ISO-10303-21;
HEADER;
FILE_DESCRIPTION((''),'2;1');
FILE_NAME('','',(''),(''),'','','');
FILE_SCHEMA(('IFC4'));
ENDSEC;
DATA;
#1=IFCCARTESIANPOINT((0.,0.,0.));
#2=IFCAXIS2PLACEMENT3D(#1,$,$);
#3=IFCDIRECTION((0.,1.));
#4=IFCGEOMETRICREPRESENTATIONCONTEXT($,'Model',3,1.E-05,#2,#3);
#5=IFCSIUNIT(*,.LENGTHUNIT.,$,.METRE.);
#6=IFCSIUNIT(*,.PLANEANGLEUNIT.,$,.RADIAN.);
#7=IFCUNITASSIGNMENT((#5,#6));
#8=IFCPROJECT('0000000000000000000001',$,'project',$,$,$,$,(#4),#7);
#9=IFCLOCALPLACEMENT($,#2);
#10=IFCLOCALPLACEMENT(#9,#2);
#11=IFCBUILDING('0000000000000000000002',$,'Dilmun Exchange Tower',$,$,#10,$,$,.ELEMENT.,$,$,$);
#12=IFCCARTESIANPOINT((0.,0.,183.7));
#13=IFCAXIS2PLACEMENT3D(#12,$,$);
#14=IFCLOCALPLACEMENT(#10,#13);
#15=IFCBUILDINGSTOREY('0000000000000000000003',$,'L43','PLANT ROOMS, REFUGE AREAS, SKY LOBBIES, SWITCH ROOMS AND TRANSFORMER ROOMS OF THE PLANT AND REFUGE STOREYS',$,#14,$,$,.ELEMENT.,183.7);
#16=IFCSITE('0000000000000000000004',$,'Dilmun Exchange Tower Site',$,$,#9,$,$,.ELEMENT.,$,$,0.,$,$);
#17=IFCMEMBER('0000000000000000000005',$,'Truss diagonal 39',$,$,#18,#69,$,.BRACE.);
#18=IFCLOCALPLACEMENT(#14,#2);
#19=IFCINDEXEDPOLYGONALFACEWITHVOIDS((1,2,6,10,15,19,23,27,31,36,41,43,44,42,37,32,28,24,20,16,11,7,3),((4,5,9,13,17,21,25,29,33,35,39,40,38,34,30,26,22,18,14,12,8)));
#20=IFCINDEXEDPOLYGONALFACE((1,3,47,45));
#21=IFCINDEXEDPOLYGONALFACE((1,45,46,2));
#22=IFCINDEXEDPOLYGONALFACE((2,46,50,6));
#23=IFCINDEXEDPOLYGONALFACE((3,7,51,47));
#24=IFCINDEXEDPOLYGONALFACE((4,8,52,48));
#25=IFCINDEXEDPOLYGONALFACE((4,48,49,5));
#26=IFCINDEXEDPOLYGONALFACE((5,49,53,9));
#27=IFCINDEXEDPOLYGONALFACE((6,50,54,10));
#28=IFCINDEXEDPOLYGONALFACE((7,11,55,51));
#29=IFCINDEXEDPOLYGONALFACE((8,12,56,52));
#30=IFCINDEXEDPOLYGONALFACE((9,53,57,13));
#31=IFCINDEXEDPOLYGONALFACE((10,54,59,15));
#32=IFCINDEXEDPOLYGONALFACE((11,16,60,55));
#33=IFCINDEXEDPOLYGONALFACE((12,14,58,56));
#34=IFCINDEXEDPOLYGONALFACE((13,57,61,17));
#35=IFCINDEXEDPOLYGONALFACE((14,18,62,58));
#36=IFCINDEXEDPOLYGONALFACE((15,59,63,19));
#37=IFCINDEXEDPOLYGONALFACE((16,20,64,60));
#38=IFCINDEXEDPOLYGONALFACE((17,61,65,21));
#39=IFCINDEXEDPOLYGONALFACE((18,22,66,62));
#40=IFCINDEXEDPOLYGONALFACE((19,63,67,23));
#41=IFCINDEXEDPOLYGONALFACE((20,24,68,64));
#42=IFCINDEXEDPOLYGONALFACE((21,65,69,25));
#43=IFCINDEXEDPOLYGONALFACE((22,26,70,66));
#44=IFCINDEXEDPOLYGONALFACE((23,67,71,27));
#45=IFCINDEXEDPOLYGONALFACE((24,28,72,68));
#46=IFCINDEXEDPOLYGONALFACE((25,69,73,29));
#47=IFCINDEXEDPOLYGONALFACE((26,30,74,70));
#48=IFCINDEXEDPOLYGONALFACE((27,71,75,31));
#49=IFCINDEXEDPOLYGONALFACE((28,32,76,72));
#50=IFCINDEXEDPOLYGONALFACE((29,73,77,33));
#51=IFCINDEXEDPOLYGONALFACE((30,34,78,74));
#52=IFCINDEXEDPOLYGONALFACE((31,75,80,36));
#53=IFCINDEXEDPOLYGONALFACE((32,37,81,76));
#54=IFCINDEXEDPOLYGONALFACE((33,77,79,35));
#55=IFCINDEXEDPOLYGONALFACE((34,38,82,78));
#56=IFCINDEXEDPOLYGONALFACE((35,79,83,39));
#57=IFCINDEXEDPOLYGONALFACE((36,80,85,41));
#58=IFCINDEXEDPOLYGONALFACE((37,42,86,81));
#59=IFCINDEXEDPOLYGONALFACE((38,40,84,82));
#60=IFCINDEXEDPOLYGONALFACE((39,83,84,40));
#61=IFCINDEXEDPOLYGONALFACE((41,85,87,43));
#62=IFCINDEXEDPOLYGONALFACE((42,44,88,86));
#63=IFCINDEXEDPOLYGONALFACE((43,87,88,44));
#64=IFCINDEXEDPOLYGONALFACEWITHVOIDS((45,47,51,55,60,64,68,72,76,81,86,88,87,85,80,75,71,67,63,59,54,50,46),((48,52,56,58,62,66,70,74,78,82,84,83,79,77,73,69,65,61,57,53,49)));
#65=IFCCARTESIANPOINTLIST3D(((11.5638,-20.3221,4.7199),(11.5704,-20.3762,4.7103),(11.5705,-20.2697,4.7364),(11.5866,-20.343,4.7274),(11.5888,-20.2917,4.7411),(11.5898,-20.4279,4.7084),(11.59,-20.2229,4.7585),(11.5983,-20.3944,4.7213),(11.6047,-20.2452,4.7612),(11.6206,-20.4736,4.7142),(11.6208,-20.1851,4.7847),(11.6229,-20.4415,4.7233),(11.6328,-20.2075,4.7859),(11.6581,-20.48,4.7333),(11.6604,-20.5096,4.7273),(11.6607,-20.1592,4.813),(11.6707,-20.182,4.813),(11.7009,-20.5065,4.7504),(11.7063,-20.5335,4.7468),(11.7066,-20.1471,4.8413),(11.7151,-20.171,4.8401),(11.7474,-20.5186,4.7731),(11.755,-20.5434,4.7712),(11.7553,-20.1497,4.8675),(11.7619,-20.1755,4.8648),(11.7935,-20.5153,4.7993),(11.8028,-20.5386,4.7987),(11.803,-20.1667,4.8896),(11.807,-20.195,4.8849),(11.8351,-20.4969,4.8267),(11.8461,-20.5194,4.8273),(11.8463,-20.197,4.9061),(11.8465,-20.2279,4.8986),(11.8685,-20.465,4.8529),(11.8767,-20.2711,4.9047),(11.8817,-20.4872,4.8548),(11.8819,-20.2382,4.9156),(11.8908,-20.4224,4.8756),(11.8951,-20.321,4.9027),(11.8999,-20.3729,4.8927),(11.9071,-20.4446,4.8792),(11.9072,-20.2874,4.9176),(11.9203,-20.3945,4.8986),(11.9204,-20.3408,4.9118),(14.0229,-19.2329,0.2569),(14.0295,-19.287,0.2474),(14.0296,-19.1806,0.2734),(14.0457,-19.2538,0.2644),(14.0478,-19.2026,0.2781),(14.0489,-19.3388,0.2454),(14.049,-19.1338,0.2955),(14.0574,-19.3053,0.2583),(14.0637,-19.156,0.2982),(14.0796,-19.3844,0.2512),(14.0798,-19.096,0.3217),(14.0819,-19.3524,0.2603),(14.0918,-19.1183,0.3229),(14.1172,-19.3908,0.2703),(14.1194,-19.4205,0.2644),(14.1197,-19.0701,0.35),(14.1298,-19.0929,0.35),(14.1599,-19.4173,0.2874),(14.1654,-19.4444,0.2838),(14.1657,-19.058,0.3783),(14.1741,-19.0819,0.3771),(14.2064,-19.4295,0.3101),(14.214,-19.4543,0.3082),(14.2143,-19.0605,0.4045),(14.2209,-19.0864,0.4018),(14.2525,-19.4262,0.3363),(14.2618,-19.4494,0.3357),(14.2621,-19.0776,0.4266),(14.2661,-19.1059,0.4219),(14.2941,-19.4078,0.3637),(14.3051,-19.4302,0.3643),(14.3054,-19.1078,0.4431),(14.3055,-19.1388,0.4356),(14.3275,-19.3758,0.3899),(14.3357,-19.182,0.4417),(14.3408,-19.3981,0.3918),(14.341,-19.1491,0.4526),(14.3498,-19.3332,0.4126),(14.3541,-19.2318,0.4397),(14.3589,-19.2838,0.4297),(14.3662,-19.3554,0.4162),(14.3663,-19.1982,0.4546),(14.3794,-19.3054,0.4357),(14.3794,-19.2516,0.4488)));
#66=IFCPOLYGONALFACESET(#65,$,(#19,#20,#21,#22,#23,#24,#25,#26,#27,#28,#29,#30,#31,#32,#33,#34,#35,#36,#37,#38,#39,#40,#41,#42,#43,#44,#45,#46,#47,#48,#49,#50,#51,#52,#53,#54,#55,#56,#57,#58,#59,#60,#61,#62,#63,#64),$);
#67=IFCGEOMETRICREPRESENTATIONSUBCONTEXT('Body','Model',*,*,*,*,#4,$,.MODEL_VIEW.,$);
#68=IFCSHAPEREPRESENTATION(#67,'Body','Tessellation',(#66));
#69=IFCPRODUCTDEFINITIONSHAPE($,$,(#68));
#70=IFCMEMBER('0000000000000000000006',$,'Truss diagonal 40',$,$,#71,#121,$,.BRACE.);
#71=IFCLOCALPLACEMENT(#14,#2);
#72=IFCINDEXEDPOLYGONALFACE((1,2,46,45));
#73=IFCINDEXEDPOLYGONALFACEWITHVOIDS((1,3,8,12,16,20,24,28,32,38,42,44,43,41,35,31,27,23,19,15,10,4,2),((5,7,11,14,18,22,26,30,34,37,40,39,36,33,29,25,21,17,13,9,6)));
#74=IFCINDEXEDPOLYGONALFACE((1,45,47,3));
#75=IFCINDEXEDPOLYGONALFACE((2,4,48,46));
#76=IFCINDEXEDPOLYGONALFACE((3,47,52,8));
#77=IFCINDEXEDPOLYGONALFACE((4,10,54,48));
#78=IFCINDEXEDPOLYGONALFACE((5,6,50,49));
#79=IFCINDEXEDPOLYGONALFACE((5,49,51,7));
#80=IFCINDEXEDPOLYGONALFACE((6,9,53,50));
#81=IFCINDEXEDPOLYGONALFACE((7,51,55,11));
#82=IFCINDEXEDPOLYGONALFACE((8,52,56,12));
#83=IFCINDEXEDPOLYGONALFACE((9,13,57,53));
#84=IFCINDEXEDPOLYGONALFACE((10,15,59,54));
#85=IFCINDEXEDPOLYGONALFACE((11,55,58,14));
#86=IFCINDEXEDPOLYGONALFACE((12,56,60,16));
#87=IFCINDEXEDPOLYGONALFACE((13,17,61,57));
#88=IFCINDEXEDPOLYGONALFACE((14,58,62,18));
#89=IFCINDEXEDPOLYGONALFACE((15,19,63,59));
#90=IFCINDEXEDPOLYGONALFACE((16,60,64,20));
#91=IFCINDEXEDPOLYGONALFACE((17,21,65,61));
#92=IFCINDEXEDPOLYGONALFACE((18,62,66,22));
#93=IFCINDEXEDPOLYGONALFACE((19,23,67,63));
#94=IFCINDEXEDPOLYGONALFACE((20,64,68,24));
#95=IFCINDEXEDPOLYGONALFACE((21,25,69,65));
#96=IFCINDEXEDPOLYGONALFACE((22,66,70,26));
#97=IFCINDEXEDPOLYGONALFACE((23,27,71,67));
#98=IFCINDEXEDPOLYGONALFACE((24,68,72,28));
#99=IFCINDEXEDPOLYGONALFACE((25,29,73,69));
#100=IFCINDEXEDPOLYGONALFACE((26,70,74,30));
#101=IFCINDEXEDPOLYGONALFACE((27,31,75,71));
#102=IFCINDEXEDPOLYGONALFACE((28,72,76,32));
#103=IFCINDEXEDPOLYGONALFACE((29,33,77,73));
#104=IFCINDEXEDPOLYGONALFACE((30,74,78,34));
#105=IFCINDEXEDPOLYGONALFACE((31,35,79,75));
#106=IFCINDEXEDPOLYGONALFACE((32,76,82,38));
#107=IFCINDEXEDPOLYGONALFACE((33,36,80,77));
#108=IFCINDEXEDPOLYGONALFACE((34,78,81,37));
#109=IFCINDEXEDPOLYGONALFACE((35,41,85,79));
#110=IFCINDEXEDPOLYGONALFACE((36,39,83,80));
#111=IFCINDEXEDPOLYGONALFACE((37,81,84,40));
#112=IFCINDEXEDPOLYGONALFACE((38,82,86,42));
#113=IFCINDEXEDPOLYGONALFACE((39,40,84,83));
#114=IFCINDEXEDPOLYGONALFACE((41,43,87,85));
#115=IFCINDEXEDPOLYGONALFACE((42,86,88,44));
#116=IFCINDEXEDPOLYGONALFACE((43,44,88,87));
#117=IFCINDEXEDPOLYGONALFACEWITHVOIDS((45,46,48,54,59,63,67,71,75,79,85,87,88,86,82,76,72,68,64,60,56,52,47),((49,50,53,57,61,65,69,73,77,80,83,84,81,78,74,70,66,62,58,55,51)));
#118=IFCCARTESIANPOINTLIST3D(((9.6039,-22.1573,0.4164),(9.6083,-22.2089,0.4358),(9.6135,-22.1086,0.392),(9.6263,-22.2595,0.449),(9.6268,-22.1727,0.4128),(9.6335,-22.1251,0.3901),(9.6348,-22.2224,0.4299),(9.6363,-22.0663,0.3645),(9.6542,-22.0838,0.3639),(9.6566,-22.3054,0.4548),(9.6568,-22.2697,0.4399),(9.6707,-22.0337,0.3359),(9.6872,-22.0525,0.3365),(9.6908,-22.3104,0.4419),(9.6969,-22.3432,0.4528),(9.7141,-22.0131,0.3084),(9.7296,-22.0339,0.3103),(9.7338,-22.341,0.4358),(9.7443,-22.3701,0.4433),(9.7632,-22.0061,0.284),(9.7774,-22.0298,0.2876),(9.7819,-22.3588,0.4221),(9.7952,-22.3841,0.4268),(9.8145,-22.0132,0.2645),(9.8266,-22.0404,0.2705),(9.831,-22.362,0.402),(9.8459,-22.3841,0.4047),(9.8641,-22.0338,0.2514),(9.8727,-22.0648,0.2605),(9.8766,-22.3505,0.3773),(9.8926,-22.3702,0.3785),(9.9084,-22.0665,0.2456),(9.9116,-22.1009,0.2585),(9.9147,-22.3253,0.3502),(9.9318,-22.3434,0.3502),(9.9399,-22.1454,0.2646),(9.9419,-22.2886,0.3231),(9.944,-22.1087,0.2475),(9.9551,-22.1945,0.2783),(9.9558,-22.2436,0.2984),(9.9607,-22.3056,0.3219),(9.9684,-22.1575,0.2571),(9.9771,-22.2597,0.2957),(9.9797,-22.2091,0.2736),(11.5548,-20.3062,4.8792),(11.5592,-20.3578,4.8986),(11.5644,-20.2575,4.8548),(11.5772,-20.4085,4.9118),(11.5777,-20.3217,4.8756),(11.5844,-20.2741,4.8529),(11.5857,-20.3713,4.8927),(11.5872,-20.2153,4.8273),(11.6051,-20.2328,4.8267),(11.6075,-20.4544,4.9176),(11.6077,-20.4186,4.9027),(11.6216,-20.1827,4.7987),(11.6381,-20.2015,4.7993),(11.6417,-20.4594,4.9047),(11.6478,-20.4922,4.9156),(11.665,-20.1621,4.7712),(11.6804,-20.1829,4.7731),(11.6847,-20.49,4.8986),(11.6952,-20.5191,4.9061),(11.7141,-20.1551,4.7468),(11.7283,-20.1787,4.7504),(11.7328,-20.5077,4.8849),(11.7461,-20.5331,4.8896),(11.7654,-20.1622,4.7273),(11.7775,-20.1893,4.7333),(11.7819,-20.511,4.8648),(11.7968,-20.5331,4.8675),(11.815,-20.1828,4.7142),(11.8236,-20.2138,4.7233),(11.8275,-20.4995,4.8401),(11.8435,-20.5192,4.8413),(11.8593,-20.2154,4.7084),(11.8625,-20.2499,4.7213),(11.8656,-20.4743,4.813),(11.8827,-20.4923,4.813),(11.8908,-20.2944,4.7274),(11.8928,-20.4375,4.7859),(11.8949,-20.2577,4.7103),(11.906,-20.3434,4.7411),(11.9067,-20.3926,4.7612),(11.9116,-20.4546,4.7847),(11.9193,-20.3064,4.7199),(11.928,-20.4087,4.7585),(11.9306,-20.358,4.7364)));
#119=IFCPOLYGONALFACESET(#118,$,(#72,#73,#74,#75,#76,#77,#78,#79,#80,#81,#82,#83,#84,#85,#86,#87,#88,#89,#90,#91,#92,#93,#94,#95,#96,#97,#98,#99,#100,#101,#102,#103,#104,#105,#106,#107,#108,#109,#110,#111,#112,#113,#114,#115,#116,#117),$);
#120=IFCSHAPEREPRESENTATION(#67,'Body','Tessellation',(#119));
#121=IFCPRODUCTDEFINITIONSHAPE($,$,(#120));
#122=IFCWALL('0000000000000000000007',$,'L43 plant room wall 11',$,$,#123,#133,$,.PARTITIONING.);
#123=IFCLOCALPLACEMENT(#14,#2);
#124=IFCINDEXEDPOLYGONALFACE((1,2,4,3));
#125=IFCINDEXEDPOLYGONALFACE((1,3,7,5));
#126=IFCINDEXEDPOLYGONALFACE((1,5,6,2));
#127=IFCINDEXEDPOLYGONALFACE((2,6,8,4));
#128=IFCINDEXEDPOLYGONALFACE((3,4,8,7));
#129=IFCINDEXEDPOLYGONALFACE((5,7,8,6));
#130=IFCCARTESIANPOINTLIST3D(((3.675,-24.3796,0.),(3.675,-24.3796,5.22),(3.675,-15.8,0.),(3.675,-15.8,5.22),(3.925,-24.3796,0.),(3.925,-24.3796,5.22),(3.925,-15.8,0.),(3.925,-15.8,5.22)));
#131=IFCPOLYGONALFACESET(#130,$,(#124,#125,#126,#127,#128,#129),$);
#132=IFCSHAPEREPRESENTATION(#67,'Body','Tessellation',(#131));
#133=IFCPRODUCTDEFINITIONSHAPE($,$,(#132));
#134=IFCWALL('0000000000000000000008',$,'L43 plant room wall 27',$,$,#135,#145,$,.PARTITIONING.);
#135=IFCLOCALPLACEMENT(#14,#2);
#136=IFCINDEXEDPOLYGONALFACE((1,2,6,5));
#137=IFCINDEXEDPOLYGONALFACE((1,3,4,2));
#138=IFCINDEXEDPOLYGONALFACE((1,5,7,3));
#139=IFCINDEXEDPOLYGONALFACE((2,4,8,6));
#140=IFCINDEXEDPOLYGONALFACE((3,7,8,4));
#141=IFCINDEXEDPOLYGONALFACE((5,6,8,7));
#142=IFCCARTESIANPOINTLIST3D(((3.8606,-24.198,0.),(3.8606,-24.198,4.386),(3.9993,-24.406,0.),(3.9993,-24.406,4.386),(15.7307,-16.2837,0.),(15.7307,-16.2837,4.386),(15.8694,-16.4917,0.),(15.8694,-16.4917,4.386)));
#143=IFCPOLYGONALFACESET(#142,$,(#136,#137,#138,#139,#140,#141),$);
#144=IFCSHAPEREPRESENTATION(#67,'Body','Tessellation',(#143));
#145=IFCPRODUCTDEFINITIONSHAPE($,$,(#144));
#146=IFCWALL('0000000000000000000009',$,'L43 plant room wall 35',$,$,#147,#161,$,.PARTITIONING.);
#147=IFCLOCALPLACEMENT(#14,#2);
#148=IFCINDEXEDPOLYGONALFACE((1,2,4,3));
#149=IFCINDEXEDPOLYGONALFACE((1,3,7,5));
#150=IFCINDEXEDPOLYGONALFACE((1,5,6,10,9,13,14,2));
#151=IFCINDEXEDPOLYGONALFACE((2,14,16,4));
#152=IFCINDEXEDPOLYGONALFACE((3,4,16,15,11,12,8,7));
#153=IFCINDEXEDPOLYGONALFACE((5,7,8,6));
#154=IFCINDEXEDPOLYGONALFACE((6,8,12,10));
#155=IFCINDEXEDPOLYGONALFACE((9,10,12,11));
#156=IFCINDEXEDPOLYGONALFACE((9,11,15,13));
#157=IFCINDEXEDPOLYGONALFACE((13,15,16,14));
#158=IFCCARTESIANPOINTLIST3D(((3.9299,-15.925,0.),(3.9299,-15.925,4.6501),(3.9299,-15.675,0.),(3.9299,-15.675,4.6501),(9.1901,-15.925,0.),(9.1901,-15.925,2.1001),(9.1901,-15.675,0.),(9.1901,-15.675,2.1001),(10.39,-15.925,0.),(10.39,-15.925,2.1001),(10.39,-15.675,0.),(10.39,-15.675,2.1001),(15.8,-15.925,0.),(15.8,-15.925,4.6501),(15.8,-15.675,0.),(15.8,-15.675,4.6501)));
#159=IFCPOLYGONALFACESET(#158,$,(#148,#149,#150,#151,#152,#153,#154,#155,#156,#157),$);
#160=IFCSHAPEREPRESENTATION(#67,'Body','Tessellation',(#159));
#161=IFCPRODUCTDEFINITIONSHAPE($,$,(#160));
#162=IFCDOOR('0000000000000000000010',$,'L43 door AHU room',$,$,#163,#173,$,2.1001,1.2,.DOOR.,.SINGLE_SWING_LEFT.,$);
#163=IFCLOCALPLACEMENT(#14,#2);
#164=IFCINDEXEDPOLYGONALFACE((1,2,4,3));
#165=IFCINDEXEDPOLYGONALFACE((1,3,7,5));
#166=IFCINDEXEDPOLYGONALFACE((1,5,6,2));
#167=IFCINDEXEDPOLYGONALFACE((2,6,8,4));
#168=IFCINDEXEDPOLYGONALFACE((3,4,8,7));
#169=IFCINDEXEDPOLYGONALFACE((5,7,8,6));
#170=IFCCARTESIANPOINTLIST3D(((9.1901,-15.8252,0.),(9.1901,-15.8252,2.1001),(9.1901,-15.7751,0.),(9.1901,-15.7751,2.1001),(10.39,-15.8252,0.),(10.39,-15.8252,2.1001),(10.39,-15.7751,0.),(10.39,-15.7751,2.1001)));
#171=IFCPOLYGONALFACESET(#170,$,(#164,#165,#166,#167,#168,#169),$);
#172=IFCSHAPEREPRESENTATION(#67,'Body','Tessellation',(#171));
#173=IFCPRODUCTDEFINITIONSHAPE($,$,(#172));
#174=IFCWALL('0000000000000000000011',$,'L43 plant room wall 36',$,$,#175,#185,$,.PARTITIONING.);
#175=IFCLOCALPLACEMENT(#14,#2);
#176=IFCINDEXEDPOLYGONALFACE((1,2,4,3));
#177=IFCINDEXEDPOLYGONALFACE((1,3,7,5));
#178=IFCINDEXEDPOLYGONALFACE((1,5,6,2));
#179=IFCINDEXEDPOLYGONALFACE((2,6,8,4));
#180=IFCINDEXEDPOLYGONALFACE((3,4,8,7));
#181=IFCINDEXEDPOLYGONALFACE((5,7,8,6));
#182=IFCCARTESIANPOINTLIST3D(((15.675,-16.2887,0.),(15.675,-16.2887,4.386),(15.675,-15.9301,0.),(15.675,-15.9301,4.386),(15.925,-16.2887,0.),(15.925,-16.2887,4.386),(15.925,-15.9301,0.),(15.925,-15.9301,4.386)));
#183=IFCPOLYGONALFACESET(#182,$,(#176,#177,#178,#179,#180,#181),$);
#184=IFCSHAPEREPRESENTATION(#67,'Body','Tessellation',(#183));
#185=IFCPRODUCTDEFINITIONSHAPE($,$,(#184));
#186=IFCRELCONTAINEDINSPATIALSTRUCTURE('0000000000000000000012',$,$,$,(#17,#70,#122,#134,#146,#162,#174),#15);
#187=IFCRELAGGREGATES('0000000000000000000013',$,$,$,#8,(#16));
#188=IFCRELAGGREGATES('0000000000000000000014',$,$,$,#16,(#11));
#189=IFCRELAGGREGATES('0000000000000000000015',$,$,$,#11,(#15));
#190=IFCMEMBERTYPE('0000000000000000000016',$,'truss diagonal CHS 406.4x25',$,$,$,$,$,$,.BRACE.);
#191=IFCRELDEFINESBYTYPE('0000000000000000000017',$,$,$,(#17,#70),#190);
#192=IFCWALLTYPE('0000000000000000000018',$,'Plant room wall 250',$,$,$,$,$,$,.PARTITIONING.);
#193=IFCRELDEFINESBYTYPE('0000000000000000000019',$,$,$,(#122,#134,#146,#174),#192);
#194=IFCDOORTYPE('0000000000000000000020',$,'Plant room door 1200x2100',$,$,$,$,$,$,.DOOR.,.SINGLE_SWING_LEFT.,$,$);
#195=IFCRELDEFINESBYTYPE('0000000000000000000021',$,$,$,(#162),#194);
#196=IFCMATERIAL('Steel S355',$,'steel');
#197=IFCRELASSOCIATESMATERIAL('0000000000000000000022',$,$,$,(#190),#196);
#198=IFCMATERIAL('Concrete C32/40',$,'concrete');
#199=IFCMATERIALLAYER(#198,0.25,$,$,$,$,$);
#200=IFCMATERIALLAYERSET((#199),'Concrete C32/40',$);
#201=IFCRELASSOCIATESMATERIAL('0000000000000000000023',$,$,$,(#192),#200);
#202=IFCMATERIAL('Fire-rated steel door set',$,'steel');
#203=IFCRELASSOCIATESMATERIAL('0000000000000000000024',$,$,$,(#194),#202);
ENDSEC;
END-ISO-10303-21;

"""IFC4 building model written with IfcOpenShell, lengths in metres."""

from ifc_helpers import new_model, si_unit, direction, frame, frame_2d, origin, origin_2d, place, context, subcontext, project, spatial, rectangle, hollow_circle, extrude, material, layer, layer_set, material_profile, profile_set, type_object, element, fill, save


model = new_model("IFC4")

# Units and contexts
model_context = context("Model", 3, precision=1e-05, world=origin(), true_north=direction((0.0, 1.0)))
body_context = subcontext(model_context, "Body", "Model", "MODEL_VIEW")
ifc_project = project(units=[si_unit("LENGTHUNIT", "METRE"), si_unit("PLANEANGLEUNIT", "RADIAN")], contexts=[model_context])

# Site, building, storey
site_placement = place(None, origin())
site = spatial("IfcSite", under=ifc_project, at=site_placement, Name="Dilmun Exchange Tower Site", CompositionType="ELEMENT", RefElevation=0.0)
building_placement = place(site_placement, origin())
building = spatial("IfcBuilding", under=site, at=building_placement, Name="Dilmun Exchange Tower", CompositionType="ELEMENT")
storey_placement = place(building_placement, frame((0.0, 0.0, 183.7)))
storey = spatial("IfcBuildingStorey", under=building, at=storey_placement, Name="L43", Description="PLANT ROOMS, REFUGE AREAS, SKY LOBBIES, SWITCH ROOMS AND TRANSFORMER ROOMS OF THE PLANT AND REFUGE STOREYS", CompositionType="ELEMENT", Elevation=183.7)

# Shared definitions
ifc_material_1 = material(Name="Steel S355", Category="steel")

# Members
ifc_material_profile_1 = material_profile(ifc_material_1, hollow_circle(Radius=0.2031, WallThickness=0.0249, at=origin_2d()), Name="CHS 406.4x25")
ifc_profile_set_1 = profile_set([ifc_material_profile_1], Name="Steel S355")
member_type = type_object("IfcMemberType", Name="truss diagonal CHS 406.4x25", PredefinedType="BRACE", material=ifc_profile_set_1)
member_1_placement = place(storey_placement, frame((11.7429, -20.345, 4.813), z_axis=(0.471921, 0.209019, -0.856505), x_axis=(-0.404967, 0.914331, 0.0)))
element("IfcMember", 1, at=member_1_placement, inside=storey, type_object=member_type, Name="Truss diagonal 39", PredefinedType="BRACE", context=body_context, shape_type="SweptSolid", body=[
    extrude(hollow_circle(Radius=0.2031, WallThickness=0.0249, at=origin_2d()), origin(), (0.0, 0.0, 1.0), 5.2107),
])
member_2_placement = place(storey_placement, frame((11.7429, -20.345, 4.813), z_axis=(-0.374418, -0.355254, -0.856508), x_axis=(0.688298, -0.725428, 0.0)))
element("IfcMember", 2, at=member_2_placement, inside=storey, type_object=member_type, Name="Truss diagonal 40", PredefinedType="BRACE", context=body_context, shape_type="SweptSolid", body=[
    extrude(hollow_circle(Radius=0.2031, WallThickness=0.0249, at=origin_2d()), origin(), (0.0, 0.0, 1.0), 5.2104),
])

# Walls
ifc_material_2 = material(Name="Concrete C32/40", Category="concrete")
ifc_layer_1 = layer(ifc_material_2, 0.25)
ifc_layer_set_1 = layer_set([ifc_layer_1], Name="Concrete C32/40")
wall_type = type_object("IfcWallType", Name="Plant room wall 250", PredefinedType="PARTITIONING", material=ifc_layer_set_1)
wall_1_placement = place(storey_placement, frame((3.8, -24.3796, 0.0), z_axis=(0.0, 0.0, 1.0), x_axis=(0.0, 1.0, 0.0)))
element("IfcWall", 3, at=wall_1_placement, inside=storey, type_object=wall_type, Name="L43 plant room wall 11", PredefinedType="PARTITIONING", context=body_context, shape_type="SweptSolid", body=[
    extrude(rectangle(XDim=8.5796, YDim=0.25, at=frame_2d((4.2898, 0.0))), origin(), (0.0, 0.0, 1.0), 5.22),
])
wall_2_placement = place(storey_placement, frame((3.9299, -24.302, 0.0), z_axis=(0.0, 0.0, 1.0), x_axis=(0.832021, 0.554744, 0.0)))
element("IfcWall", 4, at=wall_2_placement, inside=storey, type_object=wall_type, Name="L43 plant room wall 27", PredefinedType="PARTITIONING", context=body_context, shape_type="SweptSolid", body=[
    extrude(rectangle(XDim=14.2666, YDim=0.25, at=frame_2d((7.1333, 0.0))), origin(), (0.0, 0.0, 1.0), 4.386),
])

# Wall, opening, door
wall_3_placement = place(storey_placement, frame((3.9299, -15.8, 0.0), z_axis=(0.0, 0.0, 1.0), x_axis=(1.0, 0.0, 0.0)))
wall_3 = element("IfcWall", 5, at=wall_3_placement, inside=storey, type_object=wall_type, Name="L43 plant room wall 35", PredefinedType="PARTITIONING", context=body_context, shape_type="SweptSolid", body=[
    extrude(rectangle(XDim=11.8701, YDim=0.25, at=frame_2d((5.9351, 0.0))), origin(), (0.0, 0.0, 1.0), 4.6501),
])
opening_placement = place(wall_3_placement, frame((5.26, 0.0, 0.0)))
opening = element("IfcOpeningElement", 6, at=opening_placement, cuts=wall_3, PredefinedType="OPENING", context=body_context, shape_type="SweptSolid", body=[
    extrude(rectangle(XDim=1.2, YDim=2.1001, at=frame_2d((0.6001, 1.05))), frame((0.0, 0.135, 0.0), z_axis=(0.0, -1.0, 0.0), x_axis=(1.0, 0.0, 0.0)), (0.0, 0.0, 1.0), 0.27),
])
ifc_material_3 = material(Name="Fire-rated steel door set", Category="steel")
door_type = type_object("IfcDoorType", Name="Plant room door 1200x2100", OperationType="SINGLE_SWING_LEFT", PredefinedType="DOOR", material=ifc_material_3)
door_placement = place(opening_placement, origin())
door = element("IfcDoor", 7, at=door_placement, inside=storey, type_object=door_type, Name="L43 door AHU room", OperationType="SINGLE_SWING_LEFT", OverallHeight=2.1001, OverallWidth=1.2, PredefinedType="DOOR", context=body_context, shape_type="SweptSolid", body=[
    extrude(rectangle(XDim=1.2, YDim=2.1001, at=frame_2d((0.6001, 1.05))), frame((0.0, 0.0249, 0.0), z_axis=(0.0, -1.0, 0.0), x_axis=(1.0, 0.0, 0.0)), (0.0, 0.0, 1.0), 0.05),
])
fill(opening, door)

# Wall
wall_4_placement = place(storey_placement, frame((15.8, -16.2886, 0.0), z_axis=(0.0, 0.0, 1.0), x_axis=(0.0, 1.0, 0.0)))
element("IfcWall", 8, at=wall_4_placement, inside=storey, type_object=wall_type, Name="L43 plant room wall 36", PredefinedType="PARTITIONING", context=body_context, shape_type="SweptSolid", body=[
    extrude(rectangle(XDim=0.3586, YDim=0.25, at=frame_2d((0.1792, 0.0))), origin(), (0.0, 0.0, 1.0), 4.386),
])

save(model, "model.ifc")
